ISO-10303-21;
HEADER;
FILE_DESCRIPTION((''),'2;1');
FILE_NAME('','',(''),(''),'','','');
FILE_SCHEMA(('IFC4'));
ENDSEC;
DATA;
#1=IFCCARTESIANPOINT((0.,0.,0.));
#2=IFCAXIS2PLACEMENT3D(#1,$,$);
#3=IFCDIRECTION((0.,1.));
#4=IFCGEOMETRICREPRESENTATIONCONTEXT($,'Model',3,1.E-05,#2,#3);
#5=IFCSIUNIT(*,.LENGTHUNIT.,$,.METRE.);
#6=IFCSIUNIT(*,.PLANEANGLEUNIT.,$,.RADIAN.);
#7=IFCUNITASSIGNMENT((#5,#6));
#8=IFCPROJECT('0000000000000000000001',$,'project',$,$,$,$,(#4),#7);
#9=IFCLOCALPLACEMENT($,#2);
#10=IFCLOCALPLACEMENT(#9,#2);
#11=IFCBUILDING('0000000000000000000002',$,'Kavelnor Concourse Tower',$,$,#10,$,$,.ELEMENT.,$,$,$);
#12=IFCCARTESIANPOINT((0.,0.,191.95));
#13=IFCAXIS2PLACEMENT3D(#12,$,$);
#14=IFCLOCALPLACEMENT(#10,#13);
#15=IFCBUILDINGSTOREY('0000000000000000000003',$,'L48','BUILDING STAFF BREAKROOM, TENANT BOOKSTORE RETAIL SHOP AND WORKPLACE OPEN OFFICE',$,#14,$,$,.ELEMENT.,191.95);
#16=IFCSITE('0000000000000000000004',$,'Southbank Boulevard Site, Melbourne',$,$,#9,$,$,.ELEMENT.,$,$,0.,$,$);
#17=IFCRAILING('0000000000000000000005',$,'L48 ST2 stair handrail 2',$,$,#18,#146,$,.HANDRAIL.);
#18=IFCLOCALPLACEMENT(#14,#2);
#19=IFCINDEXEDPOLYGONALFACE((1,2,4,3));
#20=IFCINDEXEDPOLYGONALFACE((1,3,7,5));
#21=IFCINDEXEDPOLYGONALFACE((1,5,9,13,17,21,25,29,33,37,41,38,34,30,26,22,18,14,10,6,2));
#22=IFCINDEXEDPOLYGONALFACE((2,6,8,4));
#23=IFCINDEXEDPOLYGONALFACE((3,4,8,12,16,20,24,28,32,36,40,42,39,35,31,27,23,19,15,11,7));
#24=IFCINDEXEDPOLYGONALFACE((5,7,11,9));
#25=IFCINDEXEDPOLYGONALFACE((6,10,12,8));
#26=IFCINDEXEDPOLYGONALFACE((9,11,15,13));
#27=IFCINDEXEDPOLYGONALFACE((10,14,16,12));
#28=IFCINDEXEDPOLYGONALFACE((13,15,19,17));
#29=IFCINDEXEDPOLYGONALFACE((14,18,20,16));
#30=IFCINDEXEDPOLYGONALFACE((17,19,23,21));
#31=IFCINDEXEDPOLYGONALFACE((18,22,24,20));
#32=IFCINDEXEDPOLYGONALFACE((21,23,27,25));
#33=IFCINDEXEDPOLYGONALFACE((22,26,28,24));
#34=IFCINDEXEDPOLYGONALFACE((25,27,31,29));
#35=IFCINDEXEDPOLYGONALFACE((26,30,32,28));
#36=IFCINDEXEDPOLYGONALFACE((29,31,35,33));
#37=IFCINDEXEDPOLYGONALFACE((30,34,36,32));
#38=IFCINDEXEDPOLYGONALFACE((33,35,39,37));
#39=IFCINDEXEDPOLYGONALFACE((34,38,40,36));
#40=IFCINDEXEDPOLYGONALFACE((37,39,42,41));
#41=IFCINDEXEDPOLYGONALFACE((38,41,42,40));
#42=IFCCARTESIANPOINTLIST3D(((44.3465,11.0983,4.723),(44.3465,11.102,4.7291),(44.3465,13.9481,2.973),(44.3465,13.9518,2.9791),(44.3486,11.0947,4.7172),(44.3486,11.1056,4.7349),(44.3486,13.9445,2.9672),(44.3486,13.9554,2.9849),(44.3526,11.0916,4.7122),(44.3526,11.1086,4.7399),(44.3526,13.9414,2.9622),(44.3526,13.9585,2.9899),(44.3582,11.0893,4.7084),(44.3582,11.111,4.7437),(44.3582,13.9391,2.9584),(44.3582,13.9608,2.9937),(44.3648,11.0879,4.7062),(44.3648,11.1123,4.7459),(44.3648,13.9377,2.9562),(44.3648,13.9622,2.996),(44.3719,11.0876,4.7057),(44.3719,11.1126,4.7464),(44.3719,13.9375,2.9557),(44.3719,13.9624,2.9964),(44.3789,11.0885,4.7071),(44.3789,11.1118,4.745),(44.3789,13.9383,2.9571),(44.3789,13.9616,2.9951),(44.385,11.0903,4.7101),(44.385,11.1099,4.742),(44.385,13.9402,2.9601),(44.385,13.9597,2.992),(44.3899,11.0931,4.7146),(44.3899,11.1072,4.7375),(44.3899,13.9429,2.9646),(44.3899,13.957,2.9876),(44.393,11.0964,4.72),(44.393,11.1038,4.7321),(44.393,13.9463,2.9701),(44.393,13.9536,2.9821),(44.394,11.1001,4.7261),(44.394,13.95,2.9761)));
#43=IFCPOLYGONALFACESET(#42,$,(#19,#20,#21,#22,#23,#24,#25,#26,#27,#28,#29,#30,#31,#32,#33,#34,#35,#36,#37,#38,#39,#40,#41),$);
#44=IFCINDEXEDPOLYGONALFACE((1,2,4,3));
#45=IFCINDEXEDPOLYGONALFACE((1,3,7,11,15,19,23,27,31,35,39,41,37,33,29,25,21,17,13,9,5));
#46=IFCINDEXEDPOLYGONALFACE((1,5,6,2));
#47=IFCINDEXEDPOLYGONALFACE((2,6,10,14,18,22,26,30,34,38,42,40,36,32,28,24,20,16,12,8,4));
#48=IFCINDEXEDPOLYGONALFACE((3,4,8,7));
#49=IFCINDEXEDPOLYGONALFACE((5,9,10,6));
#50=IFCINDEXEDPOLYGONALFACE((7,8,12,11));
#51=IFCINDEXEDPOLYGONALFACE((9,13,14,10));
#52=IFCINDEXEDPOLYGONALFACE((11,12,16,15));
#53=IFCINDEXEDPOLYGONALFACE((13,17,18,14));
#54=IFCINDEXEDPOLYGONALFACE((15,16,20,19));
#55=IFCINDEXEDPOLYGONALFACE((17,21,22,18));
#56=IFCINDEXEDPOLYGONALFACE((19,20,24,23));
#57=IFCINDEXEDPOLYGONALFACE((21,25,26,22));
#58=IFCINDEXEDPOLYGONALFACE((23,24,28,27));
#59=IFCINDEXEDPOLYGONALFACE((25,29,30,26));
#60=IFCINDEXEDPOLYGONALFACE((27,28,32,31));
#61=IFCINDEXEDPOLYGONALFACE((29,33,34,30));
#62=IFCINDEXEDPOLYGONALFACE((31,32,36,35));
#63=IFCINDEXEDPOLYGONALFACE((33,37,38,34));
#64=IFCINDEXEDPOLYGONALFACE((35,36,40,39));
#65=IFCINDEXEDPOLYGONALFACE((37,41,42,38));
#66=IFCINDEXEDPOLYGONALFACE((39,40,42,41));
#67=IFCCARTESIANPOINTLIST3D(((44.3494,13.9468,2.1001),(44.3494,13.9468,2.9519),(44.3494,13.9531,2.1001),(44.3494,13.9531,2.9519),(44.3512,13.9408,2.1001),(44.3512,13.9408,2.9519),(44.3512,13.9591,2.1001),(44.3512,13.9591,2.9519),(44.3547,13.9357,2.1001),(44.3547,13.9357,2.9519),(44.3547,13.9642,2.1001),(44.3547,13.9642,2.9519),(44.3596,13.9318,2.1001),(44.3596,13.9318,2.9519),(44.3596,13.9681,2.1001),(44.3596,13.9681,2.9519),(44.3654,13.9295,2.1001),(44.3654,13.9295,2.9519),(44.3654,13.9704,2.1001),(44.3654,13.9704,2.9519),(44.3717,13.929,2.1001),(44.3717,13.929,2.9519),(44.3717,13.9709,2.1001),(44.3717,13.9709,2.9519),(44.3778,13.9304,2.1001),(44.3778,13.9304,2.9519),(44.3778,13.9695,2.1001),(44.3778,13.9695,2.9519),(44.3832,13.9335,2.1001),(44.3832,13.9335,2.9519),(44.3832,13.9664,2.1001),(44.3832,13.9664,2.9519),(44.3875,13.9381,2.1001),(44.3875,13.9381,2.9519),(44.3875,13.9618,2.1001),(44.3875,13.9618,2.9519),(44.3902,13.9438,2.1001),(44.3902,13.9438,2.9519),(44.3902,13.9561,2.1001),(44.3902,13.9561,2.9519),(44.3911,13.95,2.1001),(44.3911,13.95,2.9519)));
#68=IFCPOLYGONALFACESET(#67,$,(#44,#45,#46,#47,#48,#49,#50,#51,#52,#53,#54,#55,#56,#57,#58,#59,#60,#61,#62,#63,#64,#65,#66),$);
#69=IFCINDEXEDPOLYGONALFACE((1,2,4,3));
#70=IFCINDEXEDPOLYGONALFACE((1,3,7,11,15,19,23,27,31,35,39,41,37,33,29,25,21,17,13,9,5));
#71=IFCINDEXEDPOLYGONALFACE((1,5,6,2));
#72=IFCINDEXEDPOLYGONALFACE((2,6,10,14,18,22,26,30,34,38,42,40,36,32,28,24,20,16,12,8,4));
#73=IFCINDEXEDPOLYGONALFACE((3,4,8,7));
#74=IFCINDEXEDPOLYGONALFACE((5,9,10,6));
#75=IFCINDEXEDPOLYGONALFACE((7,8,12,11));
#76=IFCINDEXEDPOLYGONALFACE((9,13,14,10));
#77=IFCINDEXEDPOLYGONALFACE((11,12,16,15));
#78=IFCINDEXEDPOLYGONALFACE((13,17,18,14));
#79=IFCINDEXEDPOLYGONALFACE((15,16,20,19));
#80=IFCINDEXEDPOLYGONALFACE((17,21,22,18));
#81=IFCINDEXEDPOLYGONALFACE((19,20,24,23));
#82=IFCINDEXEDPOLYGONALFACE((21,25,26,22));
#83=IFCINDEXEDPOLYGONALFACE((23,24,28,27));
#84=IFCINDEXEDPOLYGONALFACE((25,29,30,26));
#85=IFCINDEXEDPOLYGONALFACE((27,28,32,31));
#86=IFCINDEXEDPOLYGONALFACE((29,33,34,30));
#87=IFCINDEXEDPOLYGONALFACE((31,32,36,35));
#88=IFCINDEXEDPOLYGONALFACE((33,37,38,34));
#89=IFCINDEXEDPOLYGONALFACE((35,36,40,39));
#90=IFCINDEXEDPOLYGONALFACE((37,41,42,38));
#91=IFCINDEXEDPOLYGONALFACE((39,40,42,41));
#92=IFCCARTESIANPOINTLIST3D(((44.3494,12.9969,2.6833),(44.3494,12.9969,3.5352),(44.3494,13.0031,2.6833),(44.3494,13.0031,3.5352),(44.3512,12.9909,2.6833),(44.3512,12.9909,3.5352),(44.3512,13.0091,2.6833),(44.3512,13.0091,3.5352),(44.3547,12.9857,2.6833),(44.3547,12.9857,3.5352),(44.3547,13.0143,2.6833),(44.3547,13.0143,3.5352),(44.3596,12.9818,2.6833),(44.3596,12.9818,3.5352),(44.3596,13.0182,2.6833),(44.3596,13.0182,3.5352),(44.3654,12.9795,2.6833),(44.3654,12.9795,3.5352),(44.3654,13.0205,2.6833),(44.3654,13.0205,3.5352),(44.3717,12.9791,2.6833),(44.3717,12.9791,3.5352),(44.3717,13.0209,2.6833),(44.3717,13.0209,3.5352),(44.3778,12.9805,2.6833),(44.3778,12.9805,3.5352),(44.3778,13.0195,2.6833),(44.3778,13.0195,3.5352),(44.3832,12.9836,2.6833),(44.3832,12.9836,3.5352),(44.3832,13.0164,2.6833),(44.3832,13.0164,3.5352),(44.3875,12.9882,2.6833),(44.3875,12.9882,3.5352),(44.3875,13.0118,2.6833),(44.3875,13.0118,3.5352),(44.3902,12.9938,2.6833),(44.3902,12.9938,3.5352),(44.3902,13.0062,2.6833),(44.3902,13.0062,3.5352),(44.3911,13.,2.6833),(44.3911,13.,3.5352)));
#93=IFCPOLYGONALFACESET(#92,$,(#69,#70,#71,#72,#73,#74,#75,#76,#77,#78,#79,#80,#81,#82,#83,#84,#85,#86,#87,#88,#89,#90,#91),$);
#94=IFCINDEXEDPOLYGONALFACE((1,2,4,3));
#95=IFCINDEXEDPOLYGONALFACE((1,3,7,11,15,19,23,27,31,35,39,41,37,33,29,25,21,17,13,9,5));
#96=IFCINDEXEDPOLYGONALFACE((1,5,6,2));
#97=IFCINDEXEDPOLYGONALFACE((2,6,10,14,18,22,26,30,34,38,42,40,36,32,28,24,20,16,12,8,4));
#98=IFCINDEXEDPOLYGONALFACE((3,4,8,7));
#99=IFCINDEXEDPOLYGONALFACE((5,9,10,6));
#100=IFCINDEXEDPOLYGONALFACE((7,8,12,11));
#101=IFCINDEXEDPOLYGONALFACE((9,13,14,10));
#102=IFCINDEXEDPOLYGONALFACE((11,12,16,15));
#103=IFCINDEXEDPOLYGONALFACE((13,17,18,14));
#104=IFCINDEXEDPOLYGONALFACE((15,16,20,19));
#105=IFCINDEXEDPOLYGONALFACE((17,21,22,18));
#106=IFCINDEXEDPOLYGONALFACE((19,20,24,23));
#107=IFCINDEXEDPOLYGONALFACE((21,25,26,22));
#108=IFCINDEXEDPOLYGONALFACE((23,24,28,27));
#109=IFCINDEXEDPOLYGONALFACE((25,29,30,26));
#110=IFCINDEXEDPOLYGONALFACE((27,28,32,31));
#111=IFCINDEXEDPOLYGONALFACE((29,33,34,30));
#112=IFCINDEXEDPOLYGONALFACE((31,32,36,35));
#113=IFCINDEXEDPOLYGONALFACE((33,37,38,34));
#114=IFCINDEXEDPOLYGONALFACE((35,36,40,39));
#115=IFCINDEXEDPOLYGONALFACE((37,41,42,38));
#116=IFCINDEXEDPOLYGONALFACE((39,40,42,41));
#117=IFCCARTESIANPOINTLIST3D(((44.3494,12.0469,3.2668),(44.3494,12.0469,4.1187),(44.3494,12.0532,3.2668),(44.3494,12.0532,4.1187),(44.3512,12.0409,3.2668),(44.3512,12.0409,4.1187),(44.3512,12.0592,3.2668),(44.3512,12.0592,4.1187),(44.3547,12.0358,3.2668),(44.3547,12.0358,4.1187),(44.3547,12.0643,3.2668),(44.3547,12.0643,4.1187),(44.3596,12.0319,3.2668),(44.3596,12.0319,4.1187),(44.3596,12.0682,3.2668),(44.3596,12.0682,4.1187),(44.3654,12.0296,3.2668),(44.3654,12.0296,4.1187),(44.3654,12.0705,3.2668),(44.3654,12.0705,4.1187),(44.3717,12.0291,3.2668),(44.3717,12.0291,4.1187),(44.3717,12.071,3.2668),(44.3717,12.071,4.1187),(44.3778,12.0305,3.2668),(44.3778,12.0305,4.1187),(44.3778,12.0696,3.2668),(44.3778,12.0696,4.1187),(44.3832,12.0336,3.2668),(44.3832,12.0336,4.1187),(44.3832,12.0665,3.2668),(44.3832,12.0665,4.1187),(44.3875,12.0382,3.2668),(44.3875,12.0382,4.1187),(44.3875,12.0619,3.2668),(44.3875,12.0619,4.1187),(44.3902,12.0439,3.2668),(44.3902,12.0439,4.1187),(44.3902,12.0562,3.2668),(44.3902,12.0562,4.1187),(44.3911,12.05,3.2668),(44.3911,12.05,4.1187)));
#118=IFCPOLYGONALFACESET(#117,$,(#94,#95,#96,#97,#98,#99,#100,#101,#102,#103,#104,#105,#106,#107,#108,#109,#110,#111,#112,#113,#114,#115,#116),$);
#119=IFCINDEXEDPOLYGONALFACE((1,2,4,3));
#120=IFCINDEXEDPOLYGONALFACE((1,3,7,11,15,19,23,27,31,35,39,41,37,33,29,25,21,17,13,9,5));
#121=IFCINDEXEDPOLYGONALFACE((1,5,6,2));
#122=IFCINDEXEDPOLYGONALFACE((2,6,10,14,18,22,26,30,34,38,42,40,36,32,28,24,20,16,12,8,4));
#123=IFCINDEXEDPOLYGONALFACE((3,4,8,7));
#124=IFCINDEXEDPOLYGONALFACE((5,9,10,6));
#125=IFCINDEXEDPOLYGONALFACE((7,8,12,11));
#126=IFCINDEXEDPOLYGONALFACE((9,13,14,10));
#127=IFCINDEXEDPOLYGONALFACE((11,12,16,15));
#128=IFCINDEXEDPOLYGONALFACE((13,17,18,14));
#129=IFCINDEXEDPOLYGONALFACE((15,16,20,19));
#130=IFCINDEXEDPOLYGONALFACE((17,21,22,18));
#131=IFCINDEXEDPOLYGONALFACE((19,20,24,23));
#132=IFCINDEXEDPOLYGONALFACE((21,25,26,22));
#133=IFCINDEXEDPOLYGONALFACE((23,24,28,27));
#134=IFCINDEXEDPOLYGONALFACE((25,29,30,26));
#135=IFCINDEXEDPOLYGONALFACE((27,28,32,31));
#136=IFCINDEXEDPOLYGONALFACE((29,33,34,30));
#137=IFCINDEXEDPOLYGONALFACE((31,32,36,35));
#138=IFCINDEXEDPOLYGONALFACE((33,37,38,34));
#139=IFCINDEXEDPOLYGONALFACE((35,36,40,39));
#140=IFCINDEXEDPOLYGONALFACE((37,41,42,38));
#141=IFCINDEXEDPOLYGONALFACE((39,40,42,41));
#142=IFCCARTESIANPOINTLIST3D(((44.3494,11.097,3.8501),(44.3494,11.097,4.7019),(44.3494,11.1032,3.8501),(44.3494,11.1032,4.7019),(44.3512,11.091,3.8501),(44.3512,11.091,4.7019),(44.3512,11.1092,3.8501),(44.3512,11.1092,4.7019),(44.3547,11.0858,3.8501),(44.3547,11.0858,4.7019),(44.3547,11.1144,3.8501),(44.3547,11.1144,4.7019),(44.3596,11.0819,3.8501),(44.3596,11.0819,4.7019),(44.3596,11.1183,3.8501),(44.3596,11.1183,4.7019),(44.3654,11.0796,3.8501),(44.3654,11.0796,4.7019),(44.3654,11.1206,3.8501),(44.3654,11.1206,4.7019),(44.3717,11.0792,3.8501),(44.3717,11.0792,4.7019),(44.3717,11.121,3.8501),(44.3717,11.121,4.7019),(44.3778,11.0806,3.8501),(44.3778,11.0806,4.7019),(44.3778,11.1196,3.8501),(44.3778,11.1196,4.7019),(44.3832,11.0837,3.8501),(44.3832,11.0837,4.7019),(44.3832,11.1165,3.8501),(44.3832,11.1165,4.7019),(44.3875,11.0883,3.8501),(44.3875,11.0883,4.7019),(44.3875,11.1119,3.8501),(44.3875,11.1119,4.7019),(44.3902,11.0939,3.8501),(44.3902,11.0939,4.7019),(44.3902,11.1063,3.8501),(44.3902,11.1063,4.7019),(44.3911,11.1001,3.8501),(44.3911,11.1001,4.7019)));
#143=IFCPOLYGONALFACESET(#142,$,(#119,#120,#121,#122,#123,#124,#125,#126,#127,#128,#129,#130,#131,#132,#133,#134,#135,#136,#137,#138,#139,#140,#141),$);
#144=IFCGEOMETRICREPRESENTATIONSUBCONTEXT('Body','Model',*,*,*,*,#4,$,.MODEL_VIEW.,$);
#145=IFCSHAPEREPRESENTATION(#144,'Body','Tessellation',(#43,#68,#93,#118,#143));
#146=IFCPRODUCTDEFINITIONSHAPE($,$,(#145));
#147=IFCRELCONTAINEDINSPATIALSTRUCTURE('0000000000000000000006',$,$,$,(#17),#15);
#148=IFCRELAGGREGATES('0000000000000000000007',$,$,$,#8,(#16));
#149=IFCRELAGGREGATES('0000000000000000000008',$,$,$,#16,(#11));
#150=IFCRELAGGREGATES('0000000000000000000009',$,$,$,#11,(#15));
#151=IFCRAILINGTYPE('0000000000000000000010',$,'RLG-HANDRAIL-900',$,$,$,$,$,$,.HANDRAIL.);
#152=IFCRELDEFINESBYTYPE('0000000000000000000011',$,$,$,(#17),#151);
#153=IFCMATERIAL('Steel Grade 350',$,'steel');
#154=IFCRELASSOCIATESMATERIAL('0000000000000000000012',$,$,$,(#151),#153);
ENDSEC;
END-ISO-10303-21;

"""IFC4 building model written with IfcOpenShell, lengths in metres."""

from ifc_helpers import new_model, si_unit, direction, frame, origin, origin_2d, place, context, subcontext, project, spatial, circle, extrude, material, type_object, element, save


model = new_model("IFC4")

# Units and contexts
model_context = context("Model", 3, precision=1e-05, world=origin(), true_north=direction((0.0, 1.0)))
body_context = subcontext(model_context, "Body", "Model", "MODEL_VIEW")
ifc_project = project(units=[si_unit("LENGTHUNIT", "METRE"), si_unit("PLANEANGLEUNIT", "RADIAN")], contexts=[model_context])

# Site, building, storey
site_placement = place(None, origin())
site = spatial("IfcSite", under=ifc_project, at=site_placement, Name="Southbank Boulevard Site, Melbourne", CompositionType="ELEMENT", RefElevation=0.0)
building_placement = place(site_placement, origin())
building = spatial("IfcBuilding", under=site, at=building_placement, Name="Kavelnor Concourse Tower", CompositionType="ELEMENT")
storey_placement = place(building_placement, frame((0.0, 0.0, 191.95)))
storey = spatial("IfcBuildingStorey", under=building, at=storey_placement, Name="L48", Description="BUILDING STAFF BREAKROOM, TENANT BOOKSTORE RETAIL SHOP AND WORKPLACE OPEN OFFICE", CompositionType="ELEMENT", Elevation=191.95)

# Shared definitions
ifc_material_1 = material(Name="Steel Grade 350", Category="steel")

# Railing
railing_type_1 = type_object("IfcRailingType", Name="RLG-HANDRAIL-900", PredefinedType="HANDRAIL", material=ifc_material_1)
railing_1_placement = place(storey_placement, frame((44.3701, 13.95, 2.1001)))
element("IfcRailing", 1, at=railing_1_placement, inside=storey, type_object=railing_type_1, Name="L48 ST2 stair handrail 2", PredefinedType="HANDRAIL", context=body_context, shape_type="SweptSolid", body=[
    extrude(circle(Radius=0.0239, at=origin_2d()), frame((0.0, 0.0, 0.876), z_axis=(0.0, -0.852159, 0.523283), x_axis=(1.0, 0.0, 0.0)), (0.0, 0.0, 1.0), 3.3442),
    extrude(circle(Radius=0.021, at=origin_2d()), origin(), (0.0, 0.0, 1.0), 0.8518),
    extrude(circle(Radius=0.021, at=origin_2d()), frame((0.0, -0.95, 0.5833)), (0.0, 0.0, 1.0), 0.8518),
    extrude(circle(Radius=0.021, at=origin_2d()), frame((0.0, -1.8999, 1.1667)), (0.0, 0.0, 1.0), 0.8518),
    extrude(circle(Radius=0.021, at=origin_2d()), frame((0.0, -2.8499, 1.75)), (0.0, 0.0, 1.0), 0.8518),
])

save(model, "model.ifc")
